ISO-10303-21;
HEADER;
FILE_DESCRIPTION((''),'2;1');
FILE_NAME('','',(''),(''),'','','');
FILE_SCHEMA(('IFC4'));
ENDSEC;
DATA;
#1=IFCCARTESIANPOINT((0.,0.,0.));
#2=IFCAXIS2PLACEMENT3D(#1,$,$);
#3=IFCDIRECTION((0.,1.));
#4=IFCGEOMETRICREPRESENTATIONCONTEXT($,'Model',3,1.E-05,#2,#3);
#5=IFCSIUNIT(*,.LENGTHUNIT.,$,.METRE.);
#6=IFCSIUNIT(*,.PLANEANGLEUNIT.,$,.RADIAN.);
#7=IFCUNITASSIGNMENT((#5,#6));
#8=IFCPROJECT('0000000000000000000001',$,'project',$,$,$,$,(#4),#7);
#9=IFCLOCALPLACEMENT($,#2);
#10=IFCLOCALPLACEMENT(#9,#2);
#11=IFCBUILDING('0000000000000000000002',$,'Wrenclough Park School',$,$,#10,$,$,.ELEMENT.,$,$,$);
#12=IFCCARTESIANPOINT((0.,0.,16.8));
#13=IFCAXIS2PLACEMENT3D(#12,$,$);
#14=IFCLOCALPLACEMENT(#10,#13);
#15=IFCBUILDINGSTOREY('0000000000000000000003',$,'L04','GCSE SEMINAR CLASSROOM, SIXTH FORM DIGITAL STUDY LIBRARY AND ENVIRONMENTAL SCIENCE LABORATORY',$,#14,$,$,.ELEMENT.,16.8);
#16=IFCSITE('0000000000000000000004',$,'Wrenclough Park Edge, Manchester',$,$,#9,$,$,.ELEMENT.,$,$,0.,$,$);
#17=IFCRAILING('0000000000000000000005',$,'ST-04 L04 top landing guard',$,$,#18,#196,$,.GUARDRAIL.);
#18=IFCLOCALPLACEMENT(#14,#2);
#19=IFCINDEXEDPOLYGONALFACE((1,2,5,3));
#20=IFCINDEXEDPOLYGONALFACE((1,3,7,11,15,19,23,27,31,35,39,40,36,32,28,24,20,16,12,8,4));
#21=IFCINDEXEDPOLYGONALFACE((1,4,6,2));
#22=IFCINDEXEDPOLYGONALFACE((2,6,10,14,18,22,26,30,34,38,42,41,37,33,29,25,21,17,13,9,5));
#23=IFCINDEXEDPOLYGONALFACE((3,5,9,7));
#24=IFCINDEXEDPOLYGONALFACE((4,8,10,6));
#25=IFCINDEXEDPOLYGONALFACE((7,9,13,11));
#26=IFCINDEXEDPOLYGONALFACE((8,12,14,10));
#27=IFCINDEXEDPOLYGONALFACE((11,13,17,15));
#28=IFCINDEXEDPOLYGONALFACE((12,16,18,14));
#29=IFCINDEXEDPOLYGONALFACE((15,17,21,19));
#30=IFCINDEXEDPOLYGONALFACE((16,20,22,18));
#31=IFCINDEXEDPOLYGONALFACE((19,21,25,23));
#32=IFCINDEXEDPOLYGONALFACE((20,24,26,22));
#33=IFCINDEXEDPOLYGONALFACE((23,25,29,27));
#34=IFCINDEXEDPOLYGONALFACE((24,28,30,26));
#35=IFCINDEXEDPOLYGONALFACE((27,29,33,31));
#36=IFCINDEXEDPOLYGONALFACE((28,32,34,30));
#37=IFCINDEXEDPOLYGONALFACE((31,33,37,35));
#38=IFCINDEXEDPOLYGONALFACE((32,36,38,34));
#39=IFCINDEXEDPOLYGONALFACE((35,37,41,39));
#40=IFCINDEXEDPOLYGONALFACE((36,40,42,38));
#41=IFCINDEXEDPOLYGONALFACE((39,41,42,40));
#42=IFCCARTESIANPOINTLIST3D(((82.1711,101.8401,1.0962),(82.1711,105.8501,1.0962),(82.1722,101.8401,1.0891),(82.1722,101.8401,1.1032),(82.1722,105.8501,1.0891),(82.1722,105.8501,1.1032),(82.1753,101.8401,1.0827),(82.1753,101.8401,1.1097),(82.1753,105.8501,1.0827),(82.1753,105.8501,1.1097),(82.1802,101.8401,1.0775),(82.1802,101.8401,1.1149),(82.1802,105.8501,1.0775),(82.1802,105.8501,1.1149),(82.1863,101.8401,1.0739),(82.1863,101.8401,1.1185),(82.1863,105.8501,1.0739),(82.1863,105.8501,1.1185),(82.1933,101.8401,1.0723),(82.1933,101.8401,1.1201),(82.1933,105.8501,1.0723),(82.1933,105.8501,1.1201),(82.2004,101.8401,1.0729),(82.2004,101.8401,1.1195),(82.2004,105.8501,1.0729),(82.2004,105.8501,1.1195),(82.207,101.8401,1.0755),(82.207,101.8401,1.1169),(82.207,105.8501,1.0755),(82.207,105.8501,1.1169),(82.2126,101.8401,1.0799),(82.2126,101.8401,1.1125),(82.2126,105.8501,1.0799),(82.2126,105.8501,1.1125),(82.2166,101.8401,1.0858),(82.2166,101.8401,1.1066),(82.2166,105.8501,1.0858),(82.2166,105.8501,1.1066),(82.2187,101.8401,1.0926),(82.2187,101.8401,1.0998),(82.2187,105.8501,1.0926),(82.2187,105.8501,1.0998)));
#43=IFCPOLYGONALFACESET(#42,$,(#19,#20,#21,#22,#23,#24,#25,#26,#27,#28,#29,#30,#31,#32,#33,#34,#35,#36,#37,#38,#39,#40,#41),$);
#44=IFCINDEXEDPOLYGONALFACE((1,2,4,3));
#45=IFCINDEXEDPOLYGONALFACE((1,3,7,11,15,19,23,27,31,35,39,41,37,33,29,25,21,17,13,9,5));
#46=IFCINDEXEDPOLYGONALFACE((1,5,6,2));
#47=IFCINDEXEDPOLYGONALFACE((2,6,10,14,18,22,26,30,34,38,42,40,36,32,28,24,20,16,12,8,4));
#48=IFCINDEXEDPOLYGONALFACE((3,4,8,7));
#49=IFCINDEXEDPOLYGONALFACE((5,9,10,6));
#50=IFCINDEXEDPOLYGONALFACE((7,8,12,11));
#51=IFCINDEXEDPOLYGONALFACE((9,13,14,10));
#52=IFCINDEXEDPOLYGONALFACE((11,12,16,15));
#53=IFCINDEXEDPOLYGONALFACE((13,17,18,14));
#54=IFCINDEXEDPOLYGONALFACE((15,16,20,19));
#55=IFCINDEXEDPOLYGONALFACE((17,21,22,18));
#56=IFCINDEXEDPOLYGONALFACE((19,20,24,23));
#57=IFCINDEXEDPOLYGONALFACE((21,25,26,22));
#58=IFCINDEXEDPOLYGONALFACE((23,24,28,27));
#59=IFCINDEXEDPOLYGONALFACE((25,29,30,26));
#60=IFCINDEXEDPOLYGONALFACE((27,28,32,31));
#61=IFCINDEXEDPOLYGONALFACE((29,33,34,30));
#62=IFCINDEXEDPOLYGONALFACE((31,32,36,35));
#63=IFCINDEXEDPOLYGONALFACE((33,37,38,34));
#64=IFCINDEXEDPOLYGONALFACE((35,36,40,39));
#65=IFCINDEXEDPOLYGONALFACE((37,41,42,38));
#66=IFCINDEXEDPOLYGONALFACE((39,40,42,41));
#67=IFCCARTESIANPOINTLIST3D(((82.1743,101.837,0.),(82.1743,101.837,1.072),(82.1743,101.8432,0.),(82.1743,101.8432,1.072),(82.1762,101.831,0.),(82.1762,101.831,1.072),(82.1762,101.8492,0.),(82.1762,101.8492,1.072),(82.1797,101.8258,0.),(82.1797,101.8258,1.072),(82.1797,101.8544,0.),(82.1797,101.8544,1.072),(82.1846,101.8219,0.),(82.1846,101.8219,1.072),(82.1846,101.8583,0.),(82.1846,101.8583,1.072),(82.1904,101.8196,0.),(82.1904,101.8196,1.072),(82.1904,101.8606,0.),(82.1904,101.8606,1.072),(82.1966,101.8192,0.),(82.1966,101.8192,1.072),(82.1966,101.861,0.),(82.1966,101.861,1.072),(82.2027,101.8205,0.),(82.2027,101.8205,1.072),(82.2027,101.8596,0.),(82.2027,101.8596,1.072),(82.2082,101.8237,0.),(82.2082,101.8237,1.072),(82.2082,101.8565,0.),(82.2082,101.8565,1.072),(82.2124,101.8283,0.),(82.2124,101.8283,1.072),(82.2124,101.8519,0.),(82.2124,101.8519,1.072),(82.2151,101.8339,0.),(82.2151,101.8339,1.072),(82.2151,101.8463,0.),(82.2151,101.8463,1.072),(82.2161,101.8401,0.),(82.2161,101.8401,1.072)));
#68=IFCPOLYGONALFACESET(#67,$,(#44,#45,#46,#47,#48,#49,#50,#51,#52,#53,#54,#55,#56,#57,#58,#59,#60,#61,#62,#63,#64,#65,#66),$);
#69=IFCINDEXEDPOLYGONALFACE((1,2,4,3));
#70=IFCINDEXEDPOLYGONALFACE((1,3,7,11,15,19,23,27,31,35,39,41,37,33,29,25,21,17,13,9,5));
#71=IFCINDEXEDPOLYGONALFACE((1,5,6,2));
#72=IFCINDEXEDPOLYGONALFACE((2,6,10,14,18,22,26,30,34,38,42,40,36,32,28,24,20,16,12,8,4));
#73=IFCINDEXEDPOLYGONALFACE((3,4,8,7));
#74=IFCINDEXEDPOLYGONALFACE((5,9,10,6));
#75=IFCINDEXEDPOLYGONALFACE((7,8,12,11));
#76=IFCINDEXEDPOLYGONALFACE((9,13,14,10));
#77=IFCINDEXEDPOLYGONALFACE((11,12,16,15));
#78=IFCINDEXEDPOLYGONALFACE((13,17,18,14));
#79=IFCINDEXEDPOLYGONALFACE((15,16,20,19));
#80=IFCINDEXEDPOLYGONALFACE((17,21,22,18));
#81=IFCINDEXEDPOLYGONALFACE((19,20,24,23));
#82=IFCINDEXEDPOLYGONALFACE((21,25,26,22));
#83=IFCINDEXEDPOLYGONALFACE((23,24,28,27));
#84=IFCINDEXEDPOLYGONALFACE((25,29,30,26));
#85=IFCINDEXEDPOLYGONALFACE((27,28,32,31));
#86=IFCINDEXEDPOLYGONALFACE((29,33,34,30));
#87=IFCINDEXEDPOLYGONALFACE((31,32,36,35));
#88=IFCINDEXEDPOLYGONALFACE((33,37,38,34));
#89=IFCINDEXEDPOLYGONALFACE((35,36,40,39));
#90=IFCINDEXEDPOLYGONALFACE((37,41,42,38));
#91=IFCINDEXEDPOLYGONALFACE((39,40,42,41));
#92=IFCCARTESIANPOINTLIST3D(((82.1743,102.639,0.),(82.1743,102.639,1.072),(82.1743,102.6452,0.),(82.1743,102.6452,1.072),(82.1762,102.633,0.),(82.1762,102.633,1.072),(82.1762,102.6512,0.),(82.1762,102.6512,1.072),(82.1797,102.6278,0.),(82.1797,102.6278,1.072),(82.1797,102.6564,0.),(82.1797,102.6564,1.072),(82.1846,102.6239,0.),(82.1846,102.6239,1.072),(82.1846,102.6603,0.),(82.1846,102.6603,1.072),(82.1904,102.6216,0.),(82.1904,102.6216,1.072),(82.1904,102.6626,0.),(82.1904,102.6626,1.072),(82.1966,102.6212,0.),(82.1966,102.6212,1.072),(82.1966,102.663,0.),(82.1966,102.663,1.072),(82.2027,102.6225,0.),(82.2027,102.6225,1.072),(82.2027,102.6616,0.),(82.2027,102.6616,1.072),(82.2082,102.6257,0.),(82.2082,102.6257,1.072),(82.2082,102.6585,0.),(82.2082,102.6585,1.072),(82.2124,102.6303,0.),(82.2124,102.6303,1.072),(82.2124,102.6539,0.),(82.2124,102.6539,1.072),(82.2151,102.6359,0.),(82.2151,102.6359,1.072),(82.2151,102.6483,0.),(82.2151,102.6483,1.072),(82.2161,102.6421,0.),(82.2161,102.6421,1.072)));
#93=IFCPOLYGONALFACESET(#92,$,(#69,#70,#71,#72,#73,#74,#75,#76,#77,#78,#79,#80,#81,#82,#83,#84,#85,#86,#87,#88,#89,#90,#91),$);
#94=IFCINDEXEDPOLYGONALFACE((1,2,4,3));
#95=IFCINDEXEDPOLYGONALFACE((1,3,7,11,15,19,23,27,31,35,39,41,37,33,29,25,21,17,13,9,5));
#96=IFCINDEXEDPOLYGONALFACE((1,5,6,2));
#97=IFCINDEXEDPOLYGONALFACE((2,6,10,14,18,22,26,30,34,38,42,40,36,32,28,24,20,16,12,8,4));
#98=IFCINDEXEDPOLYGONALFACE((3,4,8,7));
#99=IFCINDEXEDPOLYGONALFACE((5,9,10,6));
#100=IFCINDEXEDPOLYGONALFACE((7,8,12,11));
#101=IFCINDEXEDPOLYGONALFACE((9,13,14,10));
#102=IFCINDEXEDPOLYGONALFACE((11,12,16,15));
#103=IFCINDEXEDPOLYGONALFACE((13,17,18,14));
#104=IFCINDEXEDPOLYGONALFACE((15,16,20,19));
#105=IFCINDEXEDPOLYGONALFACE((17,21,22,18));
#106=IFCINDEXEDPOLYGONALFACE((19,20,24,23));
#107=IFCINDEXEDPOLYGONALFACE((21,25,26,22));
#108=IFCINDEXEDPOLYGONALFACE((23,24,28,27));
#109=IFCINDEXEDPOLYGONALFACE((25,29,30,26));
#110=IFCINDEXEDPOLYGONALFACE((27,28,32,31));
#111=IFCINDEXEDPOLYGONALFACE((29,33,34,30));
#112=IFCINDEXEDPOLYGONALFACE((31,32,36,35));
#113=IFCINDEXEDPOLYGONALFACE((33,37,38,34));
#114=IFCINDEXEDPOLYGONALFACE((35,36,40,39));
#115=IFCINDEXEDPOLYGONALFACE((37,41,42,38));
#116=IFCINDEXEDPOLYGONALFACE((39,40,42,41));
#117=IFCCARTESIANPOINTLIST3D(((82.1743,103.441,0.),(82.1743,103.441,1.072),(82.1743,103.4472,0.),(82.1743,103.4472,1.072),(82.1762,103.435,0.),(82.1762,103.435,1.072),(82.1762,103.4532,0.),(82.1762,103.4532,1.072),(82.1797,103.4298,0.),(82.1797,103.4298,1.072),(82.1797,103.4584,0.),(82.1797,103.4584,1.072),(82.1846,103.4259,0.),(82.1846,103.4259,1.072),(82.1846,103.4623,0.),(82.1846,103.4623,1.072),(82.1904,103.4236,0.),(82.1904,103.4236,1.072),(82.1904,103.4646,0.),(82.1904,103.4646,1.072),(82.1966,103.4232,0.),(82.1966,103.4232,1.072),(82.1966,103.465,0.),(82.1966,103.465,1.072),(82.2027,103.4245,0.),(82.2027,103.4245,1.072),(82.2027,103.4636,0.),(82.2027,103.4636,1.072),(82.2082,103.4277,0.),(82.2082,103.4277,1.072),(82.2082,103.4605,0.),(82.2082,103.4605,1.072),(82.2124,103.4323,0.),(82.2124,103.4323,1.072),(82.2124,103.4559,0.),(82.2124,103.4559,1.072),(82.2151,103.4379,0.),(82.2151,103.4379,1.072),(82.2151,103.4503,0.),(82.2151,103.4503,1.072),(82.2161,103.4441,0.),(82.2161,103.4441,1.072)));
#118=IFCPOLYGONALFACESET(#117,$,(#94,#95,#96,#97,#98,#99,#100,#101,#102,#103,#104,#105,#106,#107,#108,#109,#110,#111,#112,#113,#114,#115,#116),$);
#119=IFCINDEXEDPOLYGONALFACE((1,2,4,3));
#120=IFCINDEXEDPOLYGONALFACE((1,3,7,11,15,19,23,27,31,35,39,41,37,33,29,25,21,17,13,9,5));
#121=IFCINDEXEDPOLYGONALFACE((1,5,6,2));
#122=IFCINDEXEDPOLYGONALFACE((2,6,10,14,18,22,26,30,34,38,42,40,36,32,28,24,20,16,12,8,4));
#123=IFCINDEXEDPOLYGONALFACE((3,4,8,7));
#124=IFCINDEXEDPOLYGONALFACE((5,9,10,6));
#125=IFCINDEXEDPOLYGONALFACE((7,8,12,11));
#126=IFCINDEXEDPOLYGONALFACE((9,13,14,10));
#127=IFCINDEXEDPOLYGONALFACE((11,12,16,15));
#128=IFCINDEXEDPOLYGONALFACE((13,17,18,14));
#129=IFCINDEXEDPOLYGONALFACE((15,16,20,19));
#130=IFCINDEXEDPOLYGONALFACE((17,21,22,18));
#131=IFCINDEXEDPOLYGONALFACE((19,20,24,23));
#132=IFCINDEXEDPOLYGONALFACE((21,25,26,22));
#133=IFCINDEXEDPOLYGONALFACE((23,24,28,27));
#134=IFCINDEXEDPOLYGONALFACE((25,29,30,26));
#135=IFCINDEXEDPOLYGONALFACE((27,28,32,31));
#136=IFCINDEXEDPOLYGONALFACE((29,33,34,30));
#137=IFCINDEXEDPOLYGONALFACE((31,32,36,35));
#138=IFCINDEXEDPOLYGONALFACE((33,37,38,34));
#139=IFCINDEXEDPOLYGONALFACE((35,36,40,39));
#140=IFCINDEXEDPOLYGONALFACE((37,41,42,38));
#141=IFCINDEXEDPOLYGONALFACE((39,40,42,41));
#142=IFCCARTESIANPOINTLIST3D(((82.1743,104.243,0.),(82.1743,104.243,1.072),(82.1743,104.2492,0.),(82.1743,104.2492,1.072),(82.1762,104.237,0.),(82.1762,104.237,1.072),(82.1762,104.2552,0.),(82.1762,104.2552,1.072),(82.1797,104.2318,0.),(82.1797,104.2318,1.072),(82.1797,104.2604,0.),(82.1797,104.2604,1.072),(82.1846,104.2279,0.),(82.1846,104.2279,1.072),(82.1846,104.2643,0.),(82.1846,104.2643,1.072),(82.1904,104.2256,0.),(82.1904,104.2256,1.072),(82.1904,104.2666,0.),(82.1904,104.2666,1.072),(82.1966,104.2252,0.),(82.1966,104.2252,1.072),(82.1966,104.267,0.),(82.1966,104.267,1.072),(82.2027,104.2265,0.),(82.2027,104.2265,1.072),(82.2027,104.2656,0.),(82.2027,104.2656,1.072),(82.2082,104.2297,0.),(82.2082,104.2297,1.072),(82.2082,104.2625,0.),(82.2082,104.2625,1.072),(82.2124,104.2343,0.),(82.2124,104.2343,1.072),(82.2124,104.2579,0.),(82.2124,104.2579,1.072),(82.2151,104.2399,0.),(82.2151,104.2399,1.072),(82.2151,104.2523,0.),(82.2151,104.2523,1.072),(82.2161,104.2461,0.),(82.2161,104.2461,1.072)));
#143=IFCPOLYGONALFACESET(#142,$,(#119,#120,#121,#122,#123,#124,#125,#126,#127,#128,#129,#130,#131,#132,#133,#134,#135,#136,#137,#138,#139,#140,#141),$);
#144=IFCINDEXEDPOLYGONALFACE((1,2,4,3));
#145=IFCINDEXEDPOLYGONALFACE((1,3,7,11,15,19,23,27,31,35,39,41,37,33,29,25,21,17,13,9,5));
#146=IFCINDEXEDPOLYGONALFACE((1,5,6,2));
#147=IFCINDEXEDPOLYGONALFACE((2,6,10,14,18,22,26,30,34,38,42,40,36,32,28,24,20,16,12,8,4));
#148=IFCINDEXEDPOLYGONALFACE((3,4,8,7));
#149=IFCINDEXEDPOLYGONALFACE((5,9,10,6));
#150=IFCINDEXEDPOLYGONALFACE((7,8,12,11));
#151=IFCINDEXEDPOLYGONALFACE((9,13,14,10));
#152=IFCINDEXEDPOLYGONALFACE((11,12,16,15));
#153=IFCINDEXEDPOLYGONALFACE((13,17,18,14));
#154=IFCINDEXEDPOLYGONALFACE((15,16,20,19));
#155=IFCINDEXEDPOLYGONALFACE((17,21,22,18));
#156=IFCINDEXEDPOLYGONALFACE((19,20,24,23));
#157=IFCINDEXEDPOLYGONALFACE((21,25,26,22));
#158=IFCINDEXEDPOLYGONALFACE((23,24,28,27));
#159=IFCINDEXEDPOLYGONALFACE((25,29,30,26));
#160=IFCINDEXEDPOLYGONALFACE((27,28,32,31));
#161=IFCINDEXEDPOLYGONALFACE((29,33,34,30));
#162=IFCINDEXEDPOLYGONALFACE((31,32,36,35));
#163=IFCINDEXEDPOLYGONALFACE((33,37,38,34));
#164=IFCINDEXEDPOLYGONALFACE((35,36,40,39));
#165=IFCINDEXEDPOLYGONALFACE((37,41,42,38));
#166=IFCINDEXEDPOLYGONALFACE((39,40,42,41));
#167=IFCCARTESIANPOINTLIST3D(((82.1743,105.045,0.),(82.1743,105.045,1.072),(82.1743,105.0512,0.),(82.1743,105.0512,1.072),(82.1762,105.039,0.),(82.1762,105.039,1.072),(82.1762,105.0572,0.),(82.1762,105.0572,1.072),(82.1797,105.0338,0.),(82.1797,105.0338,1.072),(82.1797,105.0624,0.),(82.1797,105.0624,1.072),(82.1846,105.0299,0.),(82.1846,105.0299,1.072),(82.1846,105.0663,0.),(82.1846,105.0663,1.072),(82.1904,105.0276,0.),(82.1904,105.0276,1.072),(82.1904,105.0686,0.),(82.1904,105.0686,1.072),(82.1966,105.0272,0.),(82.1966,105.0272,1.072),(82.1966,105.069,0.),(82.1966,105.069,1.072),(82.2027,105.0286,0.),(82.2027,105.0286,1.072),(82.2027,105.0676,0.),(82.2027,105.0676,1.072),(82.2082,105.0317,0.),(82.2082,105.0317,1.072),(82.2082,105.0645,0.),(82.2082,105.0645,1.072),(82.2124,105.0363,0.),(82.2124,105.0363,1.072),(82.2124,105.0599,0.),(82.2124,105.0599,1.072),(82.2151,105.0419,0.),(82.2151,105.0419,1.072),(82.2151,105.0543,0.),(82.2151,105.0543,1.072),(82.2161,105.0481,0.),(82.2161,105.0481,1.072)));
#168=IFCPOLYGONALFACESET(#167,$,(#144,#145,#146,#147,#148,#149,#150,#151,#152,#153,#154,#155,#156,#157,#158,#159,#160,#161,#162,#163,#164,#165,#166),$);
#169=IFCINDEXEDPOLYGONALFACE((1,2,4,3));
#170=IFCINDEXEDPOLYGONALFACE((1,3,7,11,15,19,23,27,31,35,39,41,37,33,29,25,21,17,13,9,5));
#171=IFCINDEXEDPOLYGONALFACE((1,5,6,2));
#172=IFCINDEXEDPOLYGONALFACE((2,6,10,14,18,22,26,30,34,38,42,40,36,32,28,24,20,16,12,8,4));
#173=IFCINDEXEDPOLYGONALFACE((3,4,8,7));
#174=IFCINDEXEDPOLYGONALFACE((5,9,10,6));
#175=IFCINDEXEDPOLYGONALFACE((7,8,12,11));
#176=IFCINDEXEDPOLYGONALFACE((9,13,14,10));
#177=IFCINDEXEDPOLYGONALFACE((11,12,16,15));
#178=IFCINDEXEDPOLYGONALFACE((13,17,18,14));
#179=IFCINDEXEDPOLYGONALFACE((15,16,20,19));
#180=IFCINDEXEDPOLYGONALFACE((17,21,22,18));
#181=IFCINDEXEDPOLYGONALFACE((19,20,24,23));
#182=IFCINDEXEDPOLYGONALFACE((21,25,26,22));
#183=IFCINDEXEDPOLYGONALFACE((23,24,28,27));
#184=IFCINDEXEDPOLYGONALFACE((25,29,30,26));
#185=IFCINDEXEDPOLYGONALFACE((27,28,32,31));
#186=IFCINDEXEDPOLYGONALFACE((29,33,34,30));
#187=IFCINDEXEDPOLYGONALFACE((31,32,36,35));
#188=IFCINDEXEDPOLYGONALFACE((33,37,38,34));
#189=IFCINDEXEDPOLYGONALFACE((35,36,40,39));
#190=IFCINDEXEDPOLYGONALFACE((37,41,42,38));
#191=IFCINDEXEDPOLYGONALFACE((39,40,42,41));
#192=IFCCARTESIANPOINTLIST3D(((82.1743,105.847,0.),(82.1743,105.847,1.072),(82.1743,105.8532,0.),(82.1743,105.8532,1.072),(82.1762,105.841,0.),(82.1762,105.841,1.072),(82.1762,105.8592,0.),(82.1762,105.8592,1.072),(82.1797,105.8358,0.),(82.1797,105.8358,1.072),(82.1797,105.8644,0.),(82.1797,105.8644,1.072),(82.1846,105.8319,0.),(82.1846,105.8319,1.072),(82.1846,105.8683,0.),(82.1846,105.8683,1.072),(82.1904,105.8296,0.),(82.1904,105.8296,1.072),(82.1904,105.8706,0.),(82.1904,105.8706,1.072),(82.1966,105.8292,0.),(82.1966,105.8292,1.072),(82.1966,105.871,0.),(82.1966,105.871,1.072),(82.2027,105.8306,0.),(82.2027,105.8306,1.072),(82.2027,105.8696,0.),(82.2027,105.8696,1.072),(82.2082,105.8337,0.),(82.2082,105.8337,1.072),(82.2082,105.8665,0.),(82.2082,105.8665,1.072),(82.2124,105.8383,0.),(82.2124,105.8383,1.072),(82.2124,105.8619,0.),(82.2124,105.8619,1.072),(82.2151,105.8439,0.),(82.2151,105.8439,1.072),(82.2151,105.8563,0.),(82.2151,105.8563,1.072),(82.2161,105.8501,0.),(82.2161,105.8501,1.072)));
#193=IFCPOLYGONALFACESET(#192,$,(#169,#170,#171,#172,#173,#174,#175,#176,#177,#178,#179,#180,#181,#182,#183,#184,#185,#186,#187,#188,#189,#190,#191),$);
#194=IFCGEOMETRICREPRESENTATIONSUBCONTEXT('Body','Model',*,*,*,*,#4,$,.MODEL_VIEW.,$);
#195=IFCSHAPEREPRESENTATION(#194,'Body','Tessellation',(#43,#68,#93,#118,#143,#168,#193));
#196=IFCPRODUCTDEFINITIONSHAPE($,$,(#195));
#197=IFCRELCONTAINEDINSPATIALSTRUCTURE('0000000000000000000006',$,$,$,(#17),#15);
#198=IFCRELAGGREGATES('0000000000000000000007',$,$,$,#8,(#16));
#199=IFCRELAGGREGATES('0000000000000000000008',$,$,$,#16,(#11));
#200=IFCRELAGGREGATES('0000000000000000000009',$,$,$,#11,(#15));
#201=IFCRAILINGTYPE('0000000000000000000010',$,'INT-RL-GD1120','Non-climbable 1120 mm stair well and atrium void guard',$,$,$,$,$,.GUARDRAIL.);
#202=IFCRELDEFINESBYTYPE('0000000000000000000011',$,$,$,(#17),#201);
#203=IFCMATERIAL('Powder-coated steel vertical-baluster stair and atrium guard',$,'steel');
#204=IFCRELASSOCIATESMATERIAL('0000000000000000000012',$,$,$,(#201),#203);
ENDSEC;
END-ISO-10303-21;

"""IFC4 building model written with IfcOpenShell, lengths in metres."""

from ifc_helpers import new_model, si_unit, direction, frame, origin, origin_2d, place, context, subcontext, project, spatial, circle, extrude, material, type_object, element, save


model = new_model("IFC4")

# Units and contexts
model_context = context("Model", 3, precision=1e-05, world=origin(), true_north=direction((0.0, 1.0)))
body_context = subcontext(model_context, "Body", "Model", "MODEL_VIEW")
ifc_project = project(units=[si_unit("LENGTHUNIT", "METRE"), si_unit("PLANEANGLEUNIT", "RADIAN")], contexts=[model_context])

# Site, building, storey
site_placement = place(None, origin())
site = spatial("IfcSite", under=ifc_project, at=site_placement, Name="Wrenclough Park Edge, Manchester", CompositionType="ELEMENT", RefElevation=0.0)
building_placement = place(site_placement, origin())
building = spatial("IfcBuilding", under=site, at=building_placement, Name="Wrenclough Park School", CompositionType="ELEMENT")
storey_placement = place(building_placement, frame((0.0, 0.0, 16.8)))
storey = spatial("IfcBuildingStorey", under=building, at=storey_placement, Name="L04", Description="GCSE SEMINAR CLASSROOM, SIXTH FORM DIGITAL STUDY LIBRARY AND ENVIRONMENTAL SCIENCE LABORATORY", CompositionType="ELEMENT", Elevation=16.8)

# Railing
ifc_material_1 = material(Name="Powder-coated steel vertical-baluster stair and atrium guard", Category="steel")
railing_type = type_object("IfcRailingType", Name="INT-RL-GD1120", Description="Non-climbable 1120 mm stair well and atrium void guard", PredefinedType="GUARDRAIL", material=ifc_material_1)
for number, where, name in (
    (1, (82.1951, 101.8401, 0.0), "ST-04 L04 top landing guard"),
):
    element("IfcRailing", number, at=place(storey_placement, frame(where)), inside=storey, type_object=railing_type, Name=name, PredefinedType="GUARDRAIL", context=body_context, shape_type="SweptSolid", body=[
        extrude(circle(Radius=0.0239, at=origin_2d()), frame((0.0, 0.0, 1.0962), z_axis=(0.0, 1.0, 0.0), x_axis=(-1.0, 0.0, 0.0)), (0.0, 0.0, 1.0), 4.01),
        extrude(circle(Radius=0.021, at=origin_2d()), origin(), (0.0, 0.0, 1.0), 1.072),
        extrude(circle(Radius=0.021, at=origin_2d()), frame((0.0, 0.802, 0.0)), (0.0, 0.0, 1.0), 1.072),
        extrude(circle(Radius=0.021, at=origin_2d()), frame((0.0, 1.604, 0.0)), (0.0, 0.0, 1.0), 1.072),
        extrude(circle(Radius=0.021, at=origin_2d()), frame((0.0, 2.406, 0.0)), (0.0, 0.0, 1.0), 1.072),
        extrude(circle(Radius=0.021, at=origin_2d()), frame((0.0, 3.208, 0.0)), (0.0, 0.0, 1.0), 1.072),
        extrude(circle(Radius=0.021, at=origin_2d()), frame((0.0, 4.01, 0.0)), (0.0, 0.0, 1.0), 1.072),
    ])

save(model, "model.ifc")
